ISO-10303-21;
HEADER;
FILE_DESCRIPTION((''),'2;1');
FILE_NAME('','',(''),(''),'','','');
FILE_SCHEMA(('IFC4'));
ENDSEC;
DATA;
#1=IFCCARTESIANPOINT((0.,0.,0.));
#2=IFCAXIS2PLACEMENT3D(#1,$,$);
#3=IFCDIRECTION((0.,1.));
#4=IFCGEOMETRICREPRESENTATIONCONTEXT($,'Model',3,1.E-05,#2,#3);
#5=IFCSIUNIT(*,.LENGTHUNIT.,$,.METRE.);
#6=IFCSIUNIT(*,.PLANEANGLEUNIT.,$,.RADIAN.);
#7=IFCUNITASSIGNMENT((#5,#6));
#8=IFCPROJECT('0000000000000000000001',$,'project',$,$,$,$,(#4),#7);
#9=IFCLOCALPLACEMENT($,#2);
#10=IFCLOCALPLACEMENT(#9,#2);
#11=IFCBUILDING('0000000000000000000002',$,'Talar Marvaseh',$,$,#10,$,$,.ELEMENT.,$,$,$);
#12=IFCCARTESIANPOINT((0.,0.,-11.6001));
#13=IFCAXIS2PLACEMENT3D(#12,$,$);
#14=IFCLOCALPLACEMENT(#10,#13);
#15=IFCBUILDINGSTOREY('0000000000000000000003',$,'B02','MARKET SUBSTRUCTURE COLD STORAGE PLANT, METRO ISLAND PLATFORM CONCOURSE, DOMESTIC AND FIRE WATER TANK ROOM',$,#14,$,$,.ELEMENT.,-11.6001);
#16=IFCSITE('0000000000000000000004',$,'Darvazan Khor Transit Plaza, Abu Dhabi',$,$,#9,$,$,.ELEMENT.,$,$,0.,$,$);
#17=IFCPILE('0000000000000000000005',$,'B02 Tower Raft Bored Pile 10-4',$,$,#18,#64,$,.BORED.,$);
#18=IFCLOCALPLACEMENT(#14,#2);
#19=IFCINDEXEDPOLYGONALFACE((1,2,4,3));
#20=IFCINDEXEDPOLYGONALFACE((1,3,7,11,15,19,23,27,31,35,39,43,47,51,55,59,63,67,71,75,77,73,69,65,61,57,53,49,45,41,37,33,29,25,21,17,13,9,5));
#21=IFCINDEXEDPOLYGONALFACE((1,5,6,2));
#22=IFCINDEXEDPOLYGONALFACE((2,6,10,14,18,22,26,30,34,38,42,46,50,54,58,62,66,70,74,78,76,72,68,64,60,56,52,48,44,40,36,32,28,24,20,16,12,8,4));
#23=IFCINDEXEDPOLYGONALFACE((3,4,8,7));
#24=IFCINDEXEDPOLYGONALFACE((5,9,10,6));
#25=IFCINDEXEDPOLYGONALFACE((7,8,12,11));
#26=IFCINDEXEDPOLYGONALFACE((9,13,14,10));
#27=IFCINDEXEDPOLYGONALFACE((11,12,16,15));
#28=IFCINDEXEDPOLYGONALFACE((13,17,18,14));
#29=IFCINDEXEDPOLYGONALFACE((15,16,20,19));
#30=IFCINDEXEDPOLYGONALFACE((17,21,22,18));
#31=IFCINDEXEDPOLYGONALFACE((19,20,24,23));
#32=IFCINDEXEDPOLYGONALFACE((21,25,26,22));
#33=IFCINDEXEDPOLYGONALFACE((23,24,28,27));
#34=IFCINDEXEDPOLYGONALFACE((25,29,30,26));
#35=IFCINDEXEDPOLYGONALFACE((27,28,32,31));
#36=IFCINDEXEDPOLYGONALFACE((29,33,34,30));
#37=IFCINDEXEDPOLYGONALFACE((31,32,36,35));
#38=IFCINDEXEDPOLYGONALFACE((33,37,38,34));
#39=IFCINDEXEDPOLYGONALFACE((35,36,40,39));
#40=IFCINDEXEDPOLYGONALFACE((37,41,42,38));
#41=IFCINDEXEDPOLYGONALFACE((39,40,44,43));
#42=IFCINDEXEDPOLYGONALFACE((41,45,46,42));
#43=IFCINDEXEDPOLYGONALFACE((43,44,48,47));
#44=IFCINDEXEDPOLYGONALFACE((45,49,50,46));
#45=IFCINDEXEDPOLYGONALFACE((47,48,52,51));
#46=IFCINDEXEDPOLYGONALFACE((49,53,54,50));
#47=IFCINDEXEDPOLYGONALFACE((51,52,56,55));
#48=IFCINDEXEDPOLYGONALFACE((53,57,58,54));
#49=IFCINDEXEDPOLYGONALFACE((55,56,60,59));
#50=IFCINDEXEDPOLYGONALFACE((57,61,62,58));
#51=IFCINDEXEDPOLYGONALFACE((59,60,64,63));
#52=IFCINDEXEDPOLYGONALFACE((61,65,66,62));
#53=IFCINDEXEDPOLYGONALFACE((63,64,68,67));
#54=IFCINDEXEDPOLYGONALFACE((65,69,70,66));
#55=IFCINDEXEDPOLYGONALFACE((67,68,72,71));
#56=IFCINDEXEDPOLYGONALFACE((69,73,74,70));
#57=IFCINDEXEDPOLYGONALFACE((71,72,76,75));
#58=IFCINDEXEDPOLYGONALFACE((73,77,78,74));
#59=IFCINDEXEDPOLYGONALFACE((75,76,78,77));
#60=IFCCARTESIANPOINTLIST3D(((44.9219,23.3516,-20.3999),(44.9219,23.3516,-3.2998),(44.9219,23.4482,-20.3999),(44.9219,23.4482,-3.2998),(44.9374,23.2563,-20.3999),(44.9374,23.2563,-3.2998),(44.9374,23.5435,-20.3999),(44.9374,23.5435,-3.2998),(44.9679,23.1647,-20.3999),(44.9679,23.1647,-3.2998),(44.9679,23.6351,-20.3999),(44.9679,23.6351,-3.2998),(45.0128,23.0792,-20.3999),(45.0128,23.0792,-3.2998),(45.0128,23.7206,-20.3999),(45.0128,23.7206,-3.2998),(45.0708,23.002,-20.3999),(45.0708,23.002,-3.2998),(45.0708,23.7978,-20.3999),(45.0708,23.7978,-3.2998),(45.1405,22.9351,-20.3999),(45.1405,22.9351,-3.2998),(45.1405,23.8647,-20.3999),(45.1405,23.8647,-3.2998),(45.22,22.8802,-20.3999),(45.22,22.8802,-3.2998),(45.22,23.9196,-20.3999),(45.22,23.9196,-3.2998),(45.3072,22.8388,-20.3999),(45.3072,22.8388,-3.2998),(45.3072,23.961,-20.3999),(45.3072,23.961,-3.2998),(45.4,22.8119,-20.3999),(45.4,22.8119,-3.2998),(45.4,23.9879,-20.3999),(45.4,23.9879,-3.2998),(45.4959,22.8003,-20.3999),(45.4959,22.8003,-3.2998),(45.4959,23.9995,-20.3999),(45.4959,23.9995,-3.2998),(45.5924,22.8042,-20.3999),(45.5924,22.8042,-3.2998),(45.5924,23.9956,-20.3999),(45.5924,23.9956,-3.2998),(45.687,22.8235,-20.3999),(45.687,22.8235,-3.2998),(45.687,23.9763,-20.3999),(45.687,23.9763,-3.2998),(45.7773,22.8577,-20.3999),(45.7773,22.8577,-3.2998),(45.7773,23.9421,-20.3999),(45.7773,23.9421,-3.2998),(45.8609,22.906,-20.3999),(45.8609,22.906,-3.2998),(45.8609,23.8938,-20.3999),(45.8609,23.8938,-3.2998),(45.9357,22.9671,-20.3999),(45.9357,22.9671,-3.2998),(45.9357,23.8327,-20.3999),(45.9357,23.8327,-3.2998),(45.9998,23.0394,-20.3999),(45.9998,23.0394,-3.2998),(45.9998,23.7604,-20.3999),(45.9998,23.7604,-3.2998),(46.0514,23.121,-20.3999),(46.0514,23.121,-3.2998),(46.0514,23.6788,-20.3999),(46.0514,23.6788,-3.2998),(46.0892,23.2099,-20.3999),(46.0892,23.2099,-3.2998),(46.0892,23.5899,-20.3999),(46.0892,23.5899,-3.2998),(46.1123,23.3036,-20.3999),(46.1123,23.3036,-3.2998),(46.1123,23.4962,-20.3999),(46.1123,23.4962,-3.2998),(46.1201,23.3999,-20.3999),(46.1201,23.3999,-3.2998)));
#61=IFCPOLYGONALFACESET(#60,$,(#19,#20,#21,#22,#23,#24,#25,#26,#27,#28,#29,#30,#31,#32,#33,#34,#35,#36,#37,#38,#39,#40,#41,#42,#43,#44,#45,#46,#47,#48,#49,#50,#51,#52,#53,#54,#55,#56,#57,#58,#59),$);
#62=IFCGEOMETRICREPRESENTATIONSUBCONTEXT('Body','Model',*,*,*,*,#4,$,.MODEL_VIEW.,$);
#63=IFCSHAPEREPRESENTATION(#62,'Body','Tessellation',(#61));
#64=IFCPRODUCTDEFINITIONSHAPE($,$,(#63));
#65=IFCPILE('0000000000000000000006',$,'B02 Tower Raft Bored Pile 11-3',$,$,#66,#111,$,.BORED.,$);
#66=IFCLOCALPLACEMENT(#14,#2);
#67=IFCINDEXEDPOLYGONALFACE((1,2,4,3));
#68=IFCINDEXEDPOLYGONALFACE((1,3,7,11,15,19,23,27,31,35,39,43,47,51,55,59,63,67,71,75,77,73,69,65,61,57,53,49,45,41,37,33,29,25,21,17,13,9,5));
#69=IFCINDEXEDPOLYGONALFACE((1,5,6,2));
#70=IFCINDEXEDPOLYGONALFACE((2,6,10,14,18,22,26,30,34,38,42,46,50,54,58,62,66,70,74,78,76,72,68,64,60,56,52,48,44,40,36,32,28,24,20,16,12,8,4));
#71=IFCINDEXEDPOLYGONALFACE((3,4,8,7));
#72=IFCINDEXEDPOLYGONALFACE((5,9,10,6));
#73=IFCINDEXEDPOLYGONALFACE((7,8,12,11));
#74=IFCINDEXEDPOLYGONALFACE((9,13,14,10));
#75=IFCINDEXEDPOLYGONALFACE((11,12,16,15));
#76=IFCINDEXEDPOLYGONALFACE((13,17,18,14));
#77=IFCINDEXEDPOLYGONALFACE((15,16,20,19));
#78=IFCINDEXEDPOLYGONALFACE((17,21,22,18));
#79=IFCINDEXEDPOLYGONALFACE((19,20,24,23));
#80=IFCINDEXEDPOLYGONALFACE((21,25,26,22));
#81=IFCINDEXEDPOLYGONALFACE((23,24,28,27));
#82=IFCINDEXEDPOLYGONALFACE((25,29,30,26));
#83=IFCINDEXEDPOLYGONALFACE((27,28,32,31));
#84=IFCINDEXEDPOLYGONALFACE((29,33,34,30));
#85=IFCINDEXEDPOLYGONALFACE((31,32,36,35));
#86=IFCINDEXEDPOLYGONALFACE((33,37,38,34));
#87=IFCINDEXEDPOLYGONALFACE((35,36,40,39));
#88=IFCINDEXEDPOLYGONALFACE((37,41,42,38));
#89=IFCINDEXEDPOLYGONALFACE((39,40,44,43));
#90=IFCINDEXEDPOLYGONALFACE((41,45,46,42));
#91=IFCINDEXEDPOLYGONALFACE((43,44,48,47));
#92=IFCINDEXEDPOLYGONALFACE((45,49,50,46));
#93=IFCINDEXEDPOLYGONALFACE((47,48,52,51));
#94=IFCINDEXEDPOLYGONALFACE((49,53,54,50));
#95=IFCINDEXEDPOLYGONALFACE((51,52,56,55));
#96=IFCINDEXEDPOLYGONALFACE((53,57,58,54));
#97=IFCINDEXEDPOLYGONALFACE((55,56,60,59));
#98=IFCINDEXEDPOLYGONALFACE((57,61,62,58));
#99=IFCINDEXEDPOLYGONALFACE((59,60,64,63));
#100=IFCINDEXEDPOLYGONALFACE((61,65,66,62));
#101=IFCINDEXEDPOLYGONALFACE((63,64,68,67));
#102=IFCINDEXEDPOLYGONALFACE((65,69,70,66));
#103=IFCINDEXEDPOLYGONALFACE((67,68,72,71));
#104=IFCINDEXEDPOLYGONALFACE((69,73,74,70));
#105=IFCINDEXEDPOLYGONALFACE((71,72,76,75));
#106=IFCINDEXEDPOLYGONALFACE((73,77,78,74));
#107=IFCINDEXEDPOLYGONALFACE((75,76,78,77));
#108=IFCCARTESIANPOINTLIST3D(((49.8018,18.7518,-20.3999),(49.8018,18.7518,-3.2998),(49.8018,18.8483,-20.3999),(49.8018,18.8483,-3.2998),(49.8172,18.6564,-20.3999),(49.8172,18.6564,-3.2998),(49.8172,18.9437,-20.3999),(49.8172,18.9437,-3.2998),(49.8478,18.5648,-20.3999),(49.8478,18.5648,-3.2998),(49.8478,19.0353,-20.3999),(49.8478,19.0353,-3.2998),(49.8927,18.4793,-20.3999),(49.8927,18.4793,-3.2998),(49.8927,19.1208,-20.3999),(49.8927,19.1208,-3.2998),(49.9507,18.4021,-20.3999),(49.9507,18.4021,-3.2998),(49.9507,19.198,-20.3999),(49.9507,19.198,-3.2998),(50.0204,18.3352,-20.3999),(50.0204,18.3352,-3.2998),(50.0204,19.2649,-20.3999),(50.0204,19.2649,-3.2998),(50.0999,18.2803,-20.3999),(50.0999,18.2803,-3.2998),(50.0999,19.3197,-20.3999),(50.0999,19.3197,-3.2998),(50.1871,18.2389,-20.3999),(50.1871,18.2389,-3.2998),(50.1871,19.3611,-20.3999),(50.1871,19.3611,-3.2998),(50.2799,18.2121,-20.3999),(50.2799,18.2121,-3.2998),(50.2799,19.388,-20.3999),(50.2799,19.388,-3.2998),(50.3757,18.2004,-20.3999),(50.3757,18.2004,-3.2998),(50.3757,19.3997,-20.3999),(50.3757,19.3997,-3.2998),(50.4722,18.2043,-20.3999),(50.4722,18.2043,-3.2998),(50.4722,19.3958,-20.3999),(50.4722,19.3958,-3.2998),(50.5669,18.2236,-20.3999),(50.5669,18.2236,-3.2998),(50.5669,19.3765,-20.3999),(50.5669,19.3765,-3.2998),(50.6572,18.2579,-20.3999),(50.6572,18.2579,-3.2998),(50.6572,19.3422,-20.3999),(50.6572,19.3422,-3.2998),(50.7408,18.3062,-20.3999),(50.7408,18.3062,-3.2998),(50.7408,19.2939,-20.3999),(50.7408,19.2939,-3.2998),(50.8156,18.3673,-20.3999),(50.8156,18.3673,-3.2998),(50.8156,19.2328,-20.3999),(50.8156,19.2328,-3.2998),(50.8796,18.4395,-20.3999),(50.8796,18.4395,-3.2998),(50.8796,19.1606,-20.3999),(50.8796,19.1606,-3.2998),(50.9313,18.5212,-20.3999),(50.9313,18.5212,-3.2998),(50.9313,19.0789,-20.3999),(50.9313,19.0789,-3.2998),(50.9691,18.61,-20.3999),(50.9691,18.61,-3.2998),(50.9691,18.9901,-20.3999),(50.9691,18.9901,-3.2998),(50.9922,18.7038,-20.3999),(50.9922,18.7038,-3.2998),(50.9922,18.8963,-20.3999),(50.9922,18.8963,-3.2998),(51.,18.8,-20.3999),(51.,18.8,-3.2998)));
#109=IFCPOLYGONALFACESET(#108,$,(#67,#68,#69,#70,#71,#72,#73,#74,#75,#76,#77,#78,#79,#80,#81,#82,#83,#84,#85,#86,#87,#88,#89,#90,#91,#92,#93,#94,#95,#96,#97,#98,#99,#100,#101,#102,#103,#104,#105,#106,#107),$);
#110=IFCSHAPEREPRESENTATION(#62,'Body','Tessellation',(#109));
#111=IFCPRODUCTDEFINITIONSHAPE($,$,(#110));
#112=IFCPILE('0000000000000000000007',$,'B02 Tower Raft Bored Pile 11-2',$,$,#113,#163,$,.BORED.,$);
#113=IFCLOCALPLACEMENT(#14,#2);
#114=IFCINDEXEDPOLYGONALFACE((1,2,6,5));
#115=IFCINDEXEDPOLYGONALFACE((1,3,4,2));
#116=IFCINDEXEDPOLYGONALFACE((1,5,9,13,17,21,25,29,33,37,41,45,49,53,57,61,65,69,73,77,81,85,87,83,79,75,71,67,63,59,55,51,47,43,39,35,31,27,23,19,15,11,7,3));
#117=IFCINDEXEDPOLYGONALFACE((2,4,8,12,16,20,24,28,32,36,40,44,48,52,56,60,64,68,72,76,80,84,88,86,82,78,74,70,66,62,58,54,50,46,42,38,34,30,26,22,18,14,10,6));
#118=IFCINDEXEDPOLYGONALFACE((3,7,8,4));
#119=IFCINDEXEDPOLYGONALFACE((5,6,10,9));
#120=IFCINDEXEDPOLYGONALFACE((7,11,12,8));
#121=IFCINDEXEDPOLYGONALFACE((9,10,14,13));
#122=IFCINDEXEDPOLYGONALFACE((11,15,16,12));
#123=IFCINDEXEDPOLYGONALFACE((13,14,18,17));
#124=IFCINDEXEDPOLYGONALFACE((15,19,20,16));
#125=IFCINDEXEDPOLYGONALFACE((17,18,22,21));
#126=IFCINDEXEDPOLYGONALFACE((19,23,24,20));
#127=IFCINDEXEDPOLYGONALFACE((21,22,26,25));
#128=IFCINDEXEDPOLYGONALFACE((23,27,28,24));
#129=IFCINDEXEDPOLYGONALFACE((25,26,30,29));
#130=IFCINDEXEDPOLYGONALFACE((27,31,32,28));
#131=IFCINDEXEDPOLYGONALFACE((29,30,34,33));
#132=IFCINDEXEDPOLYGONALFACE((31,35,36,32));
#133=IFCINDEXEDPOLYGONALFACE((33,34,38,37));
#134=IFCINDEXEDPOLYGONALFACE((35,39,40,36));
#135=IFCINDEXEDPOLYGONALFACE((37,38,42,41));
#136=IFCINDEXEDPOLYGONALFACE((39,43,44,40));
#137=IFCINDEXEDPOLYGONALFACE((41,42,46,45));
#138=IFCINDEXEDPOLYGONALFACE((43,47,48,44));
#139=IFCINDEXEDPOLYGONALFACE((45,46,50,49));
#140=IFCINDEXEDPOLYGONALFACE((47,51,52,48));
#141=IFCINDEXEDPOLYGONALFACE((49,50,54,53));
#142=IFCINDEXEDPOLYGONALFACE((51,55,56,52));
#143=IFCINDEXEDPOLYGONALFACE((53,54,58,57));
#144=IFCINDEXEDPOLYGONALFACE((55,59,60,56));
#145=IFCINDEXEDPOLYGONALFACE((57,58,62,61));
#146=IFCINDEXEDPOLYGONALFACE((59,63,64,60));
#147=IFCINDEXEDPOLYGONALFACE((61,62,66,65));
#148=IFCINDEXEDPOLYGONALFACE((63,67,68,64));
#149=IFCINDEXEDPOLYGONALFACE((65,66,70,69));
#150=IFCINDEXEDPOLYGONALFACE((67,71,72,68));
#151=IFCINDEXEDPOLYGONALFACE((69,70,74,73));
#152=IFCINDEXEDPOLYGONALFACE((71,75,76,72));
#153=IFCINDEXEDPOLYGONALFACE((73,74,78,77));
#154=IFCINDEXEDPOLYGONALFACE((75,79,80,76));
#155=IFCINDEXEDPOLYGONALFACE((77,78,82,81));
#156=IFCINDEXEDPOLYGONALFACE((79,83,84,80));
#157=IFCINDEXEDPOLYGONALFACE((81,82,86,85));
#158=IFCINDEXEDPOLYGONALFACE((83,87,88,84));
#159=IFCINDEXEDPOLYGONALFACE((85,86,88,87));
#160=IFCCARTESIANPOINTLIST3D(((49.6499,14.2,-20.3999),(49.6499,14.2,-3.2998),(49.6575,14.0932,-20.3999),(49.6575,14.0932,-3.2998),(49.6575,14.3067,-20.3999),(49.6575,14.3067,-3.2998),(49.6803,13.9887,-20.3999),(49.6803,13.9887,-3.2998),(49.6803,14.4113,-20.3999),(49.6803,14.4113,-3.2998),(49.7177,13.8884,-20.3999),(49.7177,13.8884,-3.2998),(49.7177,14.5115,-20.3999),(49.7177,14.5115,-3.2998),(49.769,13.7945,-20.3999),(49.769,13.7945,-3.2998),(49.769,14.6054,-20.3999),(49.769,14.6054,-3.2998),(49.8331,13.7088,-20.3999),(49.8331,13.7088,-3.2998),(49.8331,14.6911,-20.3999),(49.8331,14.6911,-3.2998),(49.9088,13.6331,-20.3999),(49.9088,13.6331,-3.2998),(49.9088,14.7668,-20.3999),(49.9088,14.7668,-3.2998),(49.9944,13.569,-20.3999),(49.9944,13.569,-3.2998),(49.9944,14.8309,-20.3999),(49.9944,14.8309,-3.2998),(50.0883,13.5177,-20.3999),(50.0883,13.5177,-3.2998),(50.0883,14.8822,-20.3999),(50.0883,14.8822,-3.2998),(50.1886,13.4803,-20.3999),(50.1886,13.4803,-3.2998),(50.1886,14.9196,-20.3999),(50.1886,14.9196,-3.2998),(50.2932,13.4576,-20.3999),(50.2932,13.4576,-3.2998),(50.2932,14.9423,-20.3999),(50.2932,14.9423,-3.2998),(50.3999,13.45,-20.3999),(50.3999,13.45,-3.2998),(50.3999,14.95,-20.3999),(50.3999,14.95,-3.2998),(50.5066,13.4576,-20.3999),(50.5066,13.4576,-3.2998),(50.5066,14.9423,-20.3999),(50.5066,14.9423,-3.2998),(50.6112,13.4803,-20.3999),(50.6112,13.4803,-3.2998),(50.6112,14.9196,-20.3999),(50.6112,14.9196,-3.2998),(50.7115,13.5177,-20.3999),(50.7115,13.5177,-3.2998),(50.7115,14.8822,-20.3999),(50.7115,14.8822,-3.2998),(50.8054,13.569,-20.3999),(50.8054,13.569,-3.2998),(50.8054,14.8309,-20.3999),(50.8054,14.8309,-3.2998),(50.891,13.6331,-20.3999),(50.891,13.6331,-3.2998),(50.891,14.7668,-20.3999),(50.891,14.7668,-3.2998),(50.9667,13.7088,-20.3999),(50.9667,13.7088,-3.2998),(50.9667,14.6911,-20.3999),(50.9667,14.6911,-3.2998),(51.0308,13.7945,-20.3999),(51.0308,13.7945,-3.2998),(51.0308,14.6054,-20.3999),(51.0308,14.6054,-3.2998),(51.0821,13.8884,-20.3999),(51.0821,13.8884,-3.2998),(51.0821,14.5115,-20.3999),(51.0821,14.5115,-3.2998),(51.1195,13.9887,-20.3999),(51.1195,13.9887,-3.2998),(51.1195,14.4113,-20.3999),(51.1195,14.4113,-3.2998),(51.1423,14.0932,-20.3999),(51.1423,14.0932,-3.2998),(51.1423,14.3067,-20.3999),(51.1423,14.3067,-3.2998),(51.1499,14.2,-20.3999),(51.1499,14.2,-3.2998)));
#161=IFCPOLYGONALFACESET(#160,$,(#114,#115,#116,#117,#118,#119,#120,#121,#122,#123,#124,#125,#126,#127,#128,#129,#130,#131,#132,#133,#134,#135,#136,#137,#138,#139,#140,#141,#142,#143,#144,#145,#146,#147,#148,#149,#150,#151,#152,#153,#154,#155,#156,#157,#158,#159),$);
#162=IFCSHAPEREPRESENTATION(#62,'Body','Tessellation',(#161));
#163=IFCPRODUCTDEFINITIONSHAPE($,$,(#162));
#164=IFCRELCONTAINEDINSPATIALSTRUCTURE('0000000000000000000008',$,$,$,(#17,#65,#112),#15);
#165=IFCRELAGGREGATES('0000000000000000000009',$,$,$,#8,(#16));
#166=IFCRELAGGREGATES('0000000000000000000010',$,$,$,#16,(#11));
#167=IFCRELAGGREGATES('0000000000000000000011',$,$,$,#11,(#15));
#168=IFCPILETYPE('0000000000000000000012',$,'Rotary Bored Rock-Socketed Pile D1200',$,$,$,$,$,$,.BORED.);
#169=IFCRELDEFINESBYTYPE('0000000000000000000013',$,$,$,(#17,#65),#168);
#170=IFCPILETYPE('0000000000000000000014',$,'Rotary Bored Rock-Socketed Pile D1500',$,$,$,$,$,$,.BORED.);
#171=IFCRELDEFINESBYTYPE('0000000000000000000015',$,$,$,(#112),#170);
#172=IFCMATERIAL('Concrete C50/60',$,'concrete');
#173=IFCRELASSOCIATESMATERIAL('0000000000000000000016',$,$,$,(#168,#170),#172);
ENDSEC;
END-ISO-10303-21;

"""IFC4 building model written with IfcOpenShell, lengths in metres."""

from ifc_helpers import new_model, si_unit, direction, frame, origin, origin_2d, place, context, subcontext, project, spatial, circle, extrude, source, transform, mapped, material, material_profile, profile_set, type_object, type_shapes, element, save


model = new_model("IFC4")

# Units and contexts
model_context = context("Model", 3, precision=1e-05, world=origin(), true_north=direction((0.0, 1.0)))
body_context = subcontext(model_context, "Body", "Model", "MODEL_VIEW")
ifc_project = project(units=[si_unit("LENGTHUNIT", "METRE"), si_unit("PLANEANGLEUNIT", "RADIAN")], contexts=[model_context])

# Site, building, storey
site_placement = place(None, origin())
site = spatial("IfcSite", under=ifc_project, at=site_placement, Name="Darvazan Khor Transit Plaza, Abu Dhabi", CompositionType="ELEMENT", RefElevation=0.0)
building_placement = place(site_placement, origin())
building = spatial("IfcBuilding", under=site, at=building_placement, Name="Talar Marvaseh", CompositionType="ELEMENT")
storey_placement = place(building_placement, frame((0.0, 0.0, -11.6001)))
storey = spatial("IfcBuildingStorey", under=building, at=storey_placement, Name="B02", Description="MARKET SUBSTRUCTURE COLD STORAGE PLANT, METRO ISLAND PLATFORM CONCOURSE, DOMESTIC AND FIRE WATER TANK ROOM", CompositionType="ELEMENT", Elevation=-11.6001)

# Piles
ifc_material_1 = material(Name="Concrete C50/60", Category="concrete")
ifc_material_profile_1 = material_profile(ifc_material_1, circle(Radius=0.6001, at=origin_2d()), Name="PILE-D1200")
ifc_profile_set_1 = profile_set([ifc_material_profile_1], Name="Concrete C50/60")
pile_type_1 = type_object("IfcPileType", Name="Rotary Bored Rock-Socketed Pile D1200", PredefinedType="BORED", material=ifc_profile_set_1)
shared_shape_1 = source(origin(), body_context, "Body", "SweptSolid", [
    extrude(circle(Radius=0.6001, at=origin_2d()), origin(), (0.0, 0.0, 1.0), 17.1001),
])
type_shapes(pile_type_1, [shared_shape_1])
for number, where, z_axis, x_axis, name in (
    (1, (45.52, 23.3999, -3.2998), (0.0, 0.0, -1.0), (1.0, 0.0, 0.0), "B02 Tower Raft Bored Pile 10-4"),
    (2, (50.3999, 18.8, -3.2998), (0.0, 0.0, -1.0), (1.0, 0.0, 0.0), "B02 Tower Raft Bored Pile 11-3"),
):
    element("IfcPile", number, at=place(storey_placement, frame(where, z_axis=z_axis, x_axis=x_axis)), inside=storey, type_object=pile_type_1, Name=name, PredefinedType="BORED", context=body_context, shape_type="MappedRepresentation", body=[
        mapped(shared_shape_1, transform((0.0, 0.0, 0.0), x_axis=(1.0, 0.0, 0.0), y_axis=(0.0, 1.0, 0.0), z_axis=(0.0, 0.0, 1.0), scale=1.0)),
    ])
ifc_material_profile_2 = material_profile(ifc_material_1, circle(Radius=0.75, at=origin_2d()), Name="PILE-D1500")
ifc_profile_set_2 = profile_set([ifc_material_profile_2], Name="Concrete C50/60")
pile_type_2 = type_object("IfcPileType", Name="Rotary Bored Rock-Socketed Pile D1500", PredefinedType="BORED", material=ifc_profile_set_2)
shared_shape_2 = source(origin(), body_context, "Body", "SweptSolid", [
    extrude(circle(Radius=0.75, at=origin_2d()), origin(), (0.0, 0.0, 1.0), 17.1001),
])
type_shapes(pile_type_2, [shared_shape_2])
for number, where, z_axis, x_axis, name in (
    (3, (50.3999, 14.2, -3.2998), (0.0, 0.0, -1.0), (1.0, 0.0, 0.0), "B02 Tower Raft Bored Pile 11-2"),
):
    element("IfcPile", number, at=place(storey_placement, frame(where, z_axis=z_axis, x_axis=x_axis)), inside=storey, type_object=pile_type_2, Name=name, PredefinedType="BORED", context=body_context, shape_type="MappedRepresentation", body=[
        mapped(shared_shape_2, transform((0.0, 0.0, 0.0), x_axis=(1.0, 0.0, 0.0), y_axis=(0.0, 1.0, 0.0), z_axis=(0.0, 0.0, 1.0), scale=1.0)),
    ])

save(model, "model.ifc")
